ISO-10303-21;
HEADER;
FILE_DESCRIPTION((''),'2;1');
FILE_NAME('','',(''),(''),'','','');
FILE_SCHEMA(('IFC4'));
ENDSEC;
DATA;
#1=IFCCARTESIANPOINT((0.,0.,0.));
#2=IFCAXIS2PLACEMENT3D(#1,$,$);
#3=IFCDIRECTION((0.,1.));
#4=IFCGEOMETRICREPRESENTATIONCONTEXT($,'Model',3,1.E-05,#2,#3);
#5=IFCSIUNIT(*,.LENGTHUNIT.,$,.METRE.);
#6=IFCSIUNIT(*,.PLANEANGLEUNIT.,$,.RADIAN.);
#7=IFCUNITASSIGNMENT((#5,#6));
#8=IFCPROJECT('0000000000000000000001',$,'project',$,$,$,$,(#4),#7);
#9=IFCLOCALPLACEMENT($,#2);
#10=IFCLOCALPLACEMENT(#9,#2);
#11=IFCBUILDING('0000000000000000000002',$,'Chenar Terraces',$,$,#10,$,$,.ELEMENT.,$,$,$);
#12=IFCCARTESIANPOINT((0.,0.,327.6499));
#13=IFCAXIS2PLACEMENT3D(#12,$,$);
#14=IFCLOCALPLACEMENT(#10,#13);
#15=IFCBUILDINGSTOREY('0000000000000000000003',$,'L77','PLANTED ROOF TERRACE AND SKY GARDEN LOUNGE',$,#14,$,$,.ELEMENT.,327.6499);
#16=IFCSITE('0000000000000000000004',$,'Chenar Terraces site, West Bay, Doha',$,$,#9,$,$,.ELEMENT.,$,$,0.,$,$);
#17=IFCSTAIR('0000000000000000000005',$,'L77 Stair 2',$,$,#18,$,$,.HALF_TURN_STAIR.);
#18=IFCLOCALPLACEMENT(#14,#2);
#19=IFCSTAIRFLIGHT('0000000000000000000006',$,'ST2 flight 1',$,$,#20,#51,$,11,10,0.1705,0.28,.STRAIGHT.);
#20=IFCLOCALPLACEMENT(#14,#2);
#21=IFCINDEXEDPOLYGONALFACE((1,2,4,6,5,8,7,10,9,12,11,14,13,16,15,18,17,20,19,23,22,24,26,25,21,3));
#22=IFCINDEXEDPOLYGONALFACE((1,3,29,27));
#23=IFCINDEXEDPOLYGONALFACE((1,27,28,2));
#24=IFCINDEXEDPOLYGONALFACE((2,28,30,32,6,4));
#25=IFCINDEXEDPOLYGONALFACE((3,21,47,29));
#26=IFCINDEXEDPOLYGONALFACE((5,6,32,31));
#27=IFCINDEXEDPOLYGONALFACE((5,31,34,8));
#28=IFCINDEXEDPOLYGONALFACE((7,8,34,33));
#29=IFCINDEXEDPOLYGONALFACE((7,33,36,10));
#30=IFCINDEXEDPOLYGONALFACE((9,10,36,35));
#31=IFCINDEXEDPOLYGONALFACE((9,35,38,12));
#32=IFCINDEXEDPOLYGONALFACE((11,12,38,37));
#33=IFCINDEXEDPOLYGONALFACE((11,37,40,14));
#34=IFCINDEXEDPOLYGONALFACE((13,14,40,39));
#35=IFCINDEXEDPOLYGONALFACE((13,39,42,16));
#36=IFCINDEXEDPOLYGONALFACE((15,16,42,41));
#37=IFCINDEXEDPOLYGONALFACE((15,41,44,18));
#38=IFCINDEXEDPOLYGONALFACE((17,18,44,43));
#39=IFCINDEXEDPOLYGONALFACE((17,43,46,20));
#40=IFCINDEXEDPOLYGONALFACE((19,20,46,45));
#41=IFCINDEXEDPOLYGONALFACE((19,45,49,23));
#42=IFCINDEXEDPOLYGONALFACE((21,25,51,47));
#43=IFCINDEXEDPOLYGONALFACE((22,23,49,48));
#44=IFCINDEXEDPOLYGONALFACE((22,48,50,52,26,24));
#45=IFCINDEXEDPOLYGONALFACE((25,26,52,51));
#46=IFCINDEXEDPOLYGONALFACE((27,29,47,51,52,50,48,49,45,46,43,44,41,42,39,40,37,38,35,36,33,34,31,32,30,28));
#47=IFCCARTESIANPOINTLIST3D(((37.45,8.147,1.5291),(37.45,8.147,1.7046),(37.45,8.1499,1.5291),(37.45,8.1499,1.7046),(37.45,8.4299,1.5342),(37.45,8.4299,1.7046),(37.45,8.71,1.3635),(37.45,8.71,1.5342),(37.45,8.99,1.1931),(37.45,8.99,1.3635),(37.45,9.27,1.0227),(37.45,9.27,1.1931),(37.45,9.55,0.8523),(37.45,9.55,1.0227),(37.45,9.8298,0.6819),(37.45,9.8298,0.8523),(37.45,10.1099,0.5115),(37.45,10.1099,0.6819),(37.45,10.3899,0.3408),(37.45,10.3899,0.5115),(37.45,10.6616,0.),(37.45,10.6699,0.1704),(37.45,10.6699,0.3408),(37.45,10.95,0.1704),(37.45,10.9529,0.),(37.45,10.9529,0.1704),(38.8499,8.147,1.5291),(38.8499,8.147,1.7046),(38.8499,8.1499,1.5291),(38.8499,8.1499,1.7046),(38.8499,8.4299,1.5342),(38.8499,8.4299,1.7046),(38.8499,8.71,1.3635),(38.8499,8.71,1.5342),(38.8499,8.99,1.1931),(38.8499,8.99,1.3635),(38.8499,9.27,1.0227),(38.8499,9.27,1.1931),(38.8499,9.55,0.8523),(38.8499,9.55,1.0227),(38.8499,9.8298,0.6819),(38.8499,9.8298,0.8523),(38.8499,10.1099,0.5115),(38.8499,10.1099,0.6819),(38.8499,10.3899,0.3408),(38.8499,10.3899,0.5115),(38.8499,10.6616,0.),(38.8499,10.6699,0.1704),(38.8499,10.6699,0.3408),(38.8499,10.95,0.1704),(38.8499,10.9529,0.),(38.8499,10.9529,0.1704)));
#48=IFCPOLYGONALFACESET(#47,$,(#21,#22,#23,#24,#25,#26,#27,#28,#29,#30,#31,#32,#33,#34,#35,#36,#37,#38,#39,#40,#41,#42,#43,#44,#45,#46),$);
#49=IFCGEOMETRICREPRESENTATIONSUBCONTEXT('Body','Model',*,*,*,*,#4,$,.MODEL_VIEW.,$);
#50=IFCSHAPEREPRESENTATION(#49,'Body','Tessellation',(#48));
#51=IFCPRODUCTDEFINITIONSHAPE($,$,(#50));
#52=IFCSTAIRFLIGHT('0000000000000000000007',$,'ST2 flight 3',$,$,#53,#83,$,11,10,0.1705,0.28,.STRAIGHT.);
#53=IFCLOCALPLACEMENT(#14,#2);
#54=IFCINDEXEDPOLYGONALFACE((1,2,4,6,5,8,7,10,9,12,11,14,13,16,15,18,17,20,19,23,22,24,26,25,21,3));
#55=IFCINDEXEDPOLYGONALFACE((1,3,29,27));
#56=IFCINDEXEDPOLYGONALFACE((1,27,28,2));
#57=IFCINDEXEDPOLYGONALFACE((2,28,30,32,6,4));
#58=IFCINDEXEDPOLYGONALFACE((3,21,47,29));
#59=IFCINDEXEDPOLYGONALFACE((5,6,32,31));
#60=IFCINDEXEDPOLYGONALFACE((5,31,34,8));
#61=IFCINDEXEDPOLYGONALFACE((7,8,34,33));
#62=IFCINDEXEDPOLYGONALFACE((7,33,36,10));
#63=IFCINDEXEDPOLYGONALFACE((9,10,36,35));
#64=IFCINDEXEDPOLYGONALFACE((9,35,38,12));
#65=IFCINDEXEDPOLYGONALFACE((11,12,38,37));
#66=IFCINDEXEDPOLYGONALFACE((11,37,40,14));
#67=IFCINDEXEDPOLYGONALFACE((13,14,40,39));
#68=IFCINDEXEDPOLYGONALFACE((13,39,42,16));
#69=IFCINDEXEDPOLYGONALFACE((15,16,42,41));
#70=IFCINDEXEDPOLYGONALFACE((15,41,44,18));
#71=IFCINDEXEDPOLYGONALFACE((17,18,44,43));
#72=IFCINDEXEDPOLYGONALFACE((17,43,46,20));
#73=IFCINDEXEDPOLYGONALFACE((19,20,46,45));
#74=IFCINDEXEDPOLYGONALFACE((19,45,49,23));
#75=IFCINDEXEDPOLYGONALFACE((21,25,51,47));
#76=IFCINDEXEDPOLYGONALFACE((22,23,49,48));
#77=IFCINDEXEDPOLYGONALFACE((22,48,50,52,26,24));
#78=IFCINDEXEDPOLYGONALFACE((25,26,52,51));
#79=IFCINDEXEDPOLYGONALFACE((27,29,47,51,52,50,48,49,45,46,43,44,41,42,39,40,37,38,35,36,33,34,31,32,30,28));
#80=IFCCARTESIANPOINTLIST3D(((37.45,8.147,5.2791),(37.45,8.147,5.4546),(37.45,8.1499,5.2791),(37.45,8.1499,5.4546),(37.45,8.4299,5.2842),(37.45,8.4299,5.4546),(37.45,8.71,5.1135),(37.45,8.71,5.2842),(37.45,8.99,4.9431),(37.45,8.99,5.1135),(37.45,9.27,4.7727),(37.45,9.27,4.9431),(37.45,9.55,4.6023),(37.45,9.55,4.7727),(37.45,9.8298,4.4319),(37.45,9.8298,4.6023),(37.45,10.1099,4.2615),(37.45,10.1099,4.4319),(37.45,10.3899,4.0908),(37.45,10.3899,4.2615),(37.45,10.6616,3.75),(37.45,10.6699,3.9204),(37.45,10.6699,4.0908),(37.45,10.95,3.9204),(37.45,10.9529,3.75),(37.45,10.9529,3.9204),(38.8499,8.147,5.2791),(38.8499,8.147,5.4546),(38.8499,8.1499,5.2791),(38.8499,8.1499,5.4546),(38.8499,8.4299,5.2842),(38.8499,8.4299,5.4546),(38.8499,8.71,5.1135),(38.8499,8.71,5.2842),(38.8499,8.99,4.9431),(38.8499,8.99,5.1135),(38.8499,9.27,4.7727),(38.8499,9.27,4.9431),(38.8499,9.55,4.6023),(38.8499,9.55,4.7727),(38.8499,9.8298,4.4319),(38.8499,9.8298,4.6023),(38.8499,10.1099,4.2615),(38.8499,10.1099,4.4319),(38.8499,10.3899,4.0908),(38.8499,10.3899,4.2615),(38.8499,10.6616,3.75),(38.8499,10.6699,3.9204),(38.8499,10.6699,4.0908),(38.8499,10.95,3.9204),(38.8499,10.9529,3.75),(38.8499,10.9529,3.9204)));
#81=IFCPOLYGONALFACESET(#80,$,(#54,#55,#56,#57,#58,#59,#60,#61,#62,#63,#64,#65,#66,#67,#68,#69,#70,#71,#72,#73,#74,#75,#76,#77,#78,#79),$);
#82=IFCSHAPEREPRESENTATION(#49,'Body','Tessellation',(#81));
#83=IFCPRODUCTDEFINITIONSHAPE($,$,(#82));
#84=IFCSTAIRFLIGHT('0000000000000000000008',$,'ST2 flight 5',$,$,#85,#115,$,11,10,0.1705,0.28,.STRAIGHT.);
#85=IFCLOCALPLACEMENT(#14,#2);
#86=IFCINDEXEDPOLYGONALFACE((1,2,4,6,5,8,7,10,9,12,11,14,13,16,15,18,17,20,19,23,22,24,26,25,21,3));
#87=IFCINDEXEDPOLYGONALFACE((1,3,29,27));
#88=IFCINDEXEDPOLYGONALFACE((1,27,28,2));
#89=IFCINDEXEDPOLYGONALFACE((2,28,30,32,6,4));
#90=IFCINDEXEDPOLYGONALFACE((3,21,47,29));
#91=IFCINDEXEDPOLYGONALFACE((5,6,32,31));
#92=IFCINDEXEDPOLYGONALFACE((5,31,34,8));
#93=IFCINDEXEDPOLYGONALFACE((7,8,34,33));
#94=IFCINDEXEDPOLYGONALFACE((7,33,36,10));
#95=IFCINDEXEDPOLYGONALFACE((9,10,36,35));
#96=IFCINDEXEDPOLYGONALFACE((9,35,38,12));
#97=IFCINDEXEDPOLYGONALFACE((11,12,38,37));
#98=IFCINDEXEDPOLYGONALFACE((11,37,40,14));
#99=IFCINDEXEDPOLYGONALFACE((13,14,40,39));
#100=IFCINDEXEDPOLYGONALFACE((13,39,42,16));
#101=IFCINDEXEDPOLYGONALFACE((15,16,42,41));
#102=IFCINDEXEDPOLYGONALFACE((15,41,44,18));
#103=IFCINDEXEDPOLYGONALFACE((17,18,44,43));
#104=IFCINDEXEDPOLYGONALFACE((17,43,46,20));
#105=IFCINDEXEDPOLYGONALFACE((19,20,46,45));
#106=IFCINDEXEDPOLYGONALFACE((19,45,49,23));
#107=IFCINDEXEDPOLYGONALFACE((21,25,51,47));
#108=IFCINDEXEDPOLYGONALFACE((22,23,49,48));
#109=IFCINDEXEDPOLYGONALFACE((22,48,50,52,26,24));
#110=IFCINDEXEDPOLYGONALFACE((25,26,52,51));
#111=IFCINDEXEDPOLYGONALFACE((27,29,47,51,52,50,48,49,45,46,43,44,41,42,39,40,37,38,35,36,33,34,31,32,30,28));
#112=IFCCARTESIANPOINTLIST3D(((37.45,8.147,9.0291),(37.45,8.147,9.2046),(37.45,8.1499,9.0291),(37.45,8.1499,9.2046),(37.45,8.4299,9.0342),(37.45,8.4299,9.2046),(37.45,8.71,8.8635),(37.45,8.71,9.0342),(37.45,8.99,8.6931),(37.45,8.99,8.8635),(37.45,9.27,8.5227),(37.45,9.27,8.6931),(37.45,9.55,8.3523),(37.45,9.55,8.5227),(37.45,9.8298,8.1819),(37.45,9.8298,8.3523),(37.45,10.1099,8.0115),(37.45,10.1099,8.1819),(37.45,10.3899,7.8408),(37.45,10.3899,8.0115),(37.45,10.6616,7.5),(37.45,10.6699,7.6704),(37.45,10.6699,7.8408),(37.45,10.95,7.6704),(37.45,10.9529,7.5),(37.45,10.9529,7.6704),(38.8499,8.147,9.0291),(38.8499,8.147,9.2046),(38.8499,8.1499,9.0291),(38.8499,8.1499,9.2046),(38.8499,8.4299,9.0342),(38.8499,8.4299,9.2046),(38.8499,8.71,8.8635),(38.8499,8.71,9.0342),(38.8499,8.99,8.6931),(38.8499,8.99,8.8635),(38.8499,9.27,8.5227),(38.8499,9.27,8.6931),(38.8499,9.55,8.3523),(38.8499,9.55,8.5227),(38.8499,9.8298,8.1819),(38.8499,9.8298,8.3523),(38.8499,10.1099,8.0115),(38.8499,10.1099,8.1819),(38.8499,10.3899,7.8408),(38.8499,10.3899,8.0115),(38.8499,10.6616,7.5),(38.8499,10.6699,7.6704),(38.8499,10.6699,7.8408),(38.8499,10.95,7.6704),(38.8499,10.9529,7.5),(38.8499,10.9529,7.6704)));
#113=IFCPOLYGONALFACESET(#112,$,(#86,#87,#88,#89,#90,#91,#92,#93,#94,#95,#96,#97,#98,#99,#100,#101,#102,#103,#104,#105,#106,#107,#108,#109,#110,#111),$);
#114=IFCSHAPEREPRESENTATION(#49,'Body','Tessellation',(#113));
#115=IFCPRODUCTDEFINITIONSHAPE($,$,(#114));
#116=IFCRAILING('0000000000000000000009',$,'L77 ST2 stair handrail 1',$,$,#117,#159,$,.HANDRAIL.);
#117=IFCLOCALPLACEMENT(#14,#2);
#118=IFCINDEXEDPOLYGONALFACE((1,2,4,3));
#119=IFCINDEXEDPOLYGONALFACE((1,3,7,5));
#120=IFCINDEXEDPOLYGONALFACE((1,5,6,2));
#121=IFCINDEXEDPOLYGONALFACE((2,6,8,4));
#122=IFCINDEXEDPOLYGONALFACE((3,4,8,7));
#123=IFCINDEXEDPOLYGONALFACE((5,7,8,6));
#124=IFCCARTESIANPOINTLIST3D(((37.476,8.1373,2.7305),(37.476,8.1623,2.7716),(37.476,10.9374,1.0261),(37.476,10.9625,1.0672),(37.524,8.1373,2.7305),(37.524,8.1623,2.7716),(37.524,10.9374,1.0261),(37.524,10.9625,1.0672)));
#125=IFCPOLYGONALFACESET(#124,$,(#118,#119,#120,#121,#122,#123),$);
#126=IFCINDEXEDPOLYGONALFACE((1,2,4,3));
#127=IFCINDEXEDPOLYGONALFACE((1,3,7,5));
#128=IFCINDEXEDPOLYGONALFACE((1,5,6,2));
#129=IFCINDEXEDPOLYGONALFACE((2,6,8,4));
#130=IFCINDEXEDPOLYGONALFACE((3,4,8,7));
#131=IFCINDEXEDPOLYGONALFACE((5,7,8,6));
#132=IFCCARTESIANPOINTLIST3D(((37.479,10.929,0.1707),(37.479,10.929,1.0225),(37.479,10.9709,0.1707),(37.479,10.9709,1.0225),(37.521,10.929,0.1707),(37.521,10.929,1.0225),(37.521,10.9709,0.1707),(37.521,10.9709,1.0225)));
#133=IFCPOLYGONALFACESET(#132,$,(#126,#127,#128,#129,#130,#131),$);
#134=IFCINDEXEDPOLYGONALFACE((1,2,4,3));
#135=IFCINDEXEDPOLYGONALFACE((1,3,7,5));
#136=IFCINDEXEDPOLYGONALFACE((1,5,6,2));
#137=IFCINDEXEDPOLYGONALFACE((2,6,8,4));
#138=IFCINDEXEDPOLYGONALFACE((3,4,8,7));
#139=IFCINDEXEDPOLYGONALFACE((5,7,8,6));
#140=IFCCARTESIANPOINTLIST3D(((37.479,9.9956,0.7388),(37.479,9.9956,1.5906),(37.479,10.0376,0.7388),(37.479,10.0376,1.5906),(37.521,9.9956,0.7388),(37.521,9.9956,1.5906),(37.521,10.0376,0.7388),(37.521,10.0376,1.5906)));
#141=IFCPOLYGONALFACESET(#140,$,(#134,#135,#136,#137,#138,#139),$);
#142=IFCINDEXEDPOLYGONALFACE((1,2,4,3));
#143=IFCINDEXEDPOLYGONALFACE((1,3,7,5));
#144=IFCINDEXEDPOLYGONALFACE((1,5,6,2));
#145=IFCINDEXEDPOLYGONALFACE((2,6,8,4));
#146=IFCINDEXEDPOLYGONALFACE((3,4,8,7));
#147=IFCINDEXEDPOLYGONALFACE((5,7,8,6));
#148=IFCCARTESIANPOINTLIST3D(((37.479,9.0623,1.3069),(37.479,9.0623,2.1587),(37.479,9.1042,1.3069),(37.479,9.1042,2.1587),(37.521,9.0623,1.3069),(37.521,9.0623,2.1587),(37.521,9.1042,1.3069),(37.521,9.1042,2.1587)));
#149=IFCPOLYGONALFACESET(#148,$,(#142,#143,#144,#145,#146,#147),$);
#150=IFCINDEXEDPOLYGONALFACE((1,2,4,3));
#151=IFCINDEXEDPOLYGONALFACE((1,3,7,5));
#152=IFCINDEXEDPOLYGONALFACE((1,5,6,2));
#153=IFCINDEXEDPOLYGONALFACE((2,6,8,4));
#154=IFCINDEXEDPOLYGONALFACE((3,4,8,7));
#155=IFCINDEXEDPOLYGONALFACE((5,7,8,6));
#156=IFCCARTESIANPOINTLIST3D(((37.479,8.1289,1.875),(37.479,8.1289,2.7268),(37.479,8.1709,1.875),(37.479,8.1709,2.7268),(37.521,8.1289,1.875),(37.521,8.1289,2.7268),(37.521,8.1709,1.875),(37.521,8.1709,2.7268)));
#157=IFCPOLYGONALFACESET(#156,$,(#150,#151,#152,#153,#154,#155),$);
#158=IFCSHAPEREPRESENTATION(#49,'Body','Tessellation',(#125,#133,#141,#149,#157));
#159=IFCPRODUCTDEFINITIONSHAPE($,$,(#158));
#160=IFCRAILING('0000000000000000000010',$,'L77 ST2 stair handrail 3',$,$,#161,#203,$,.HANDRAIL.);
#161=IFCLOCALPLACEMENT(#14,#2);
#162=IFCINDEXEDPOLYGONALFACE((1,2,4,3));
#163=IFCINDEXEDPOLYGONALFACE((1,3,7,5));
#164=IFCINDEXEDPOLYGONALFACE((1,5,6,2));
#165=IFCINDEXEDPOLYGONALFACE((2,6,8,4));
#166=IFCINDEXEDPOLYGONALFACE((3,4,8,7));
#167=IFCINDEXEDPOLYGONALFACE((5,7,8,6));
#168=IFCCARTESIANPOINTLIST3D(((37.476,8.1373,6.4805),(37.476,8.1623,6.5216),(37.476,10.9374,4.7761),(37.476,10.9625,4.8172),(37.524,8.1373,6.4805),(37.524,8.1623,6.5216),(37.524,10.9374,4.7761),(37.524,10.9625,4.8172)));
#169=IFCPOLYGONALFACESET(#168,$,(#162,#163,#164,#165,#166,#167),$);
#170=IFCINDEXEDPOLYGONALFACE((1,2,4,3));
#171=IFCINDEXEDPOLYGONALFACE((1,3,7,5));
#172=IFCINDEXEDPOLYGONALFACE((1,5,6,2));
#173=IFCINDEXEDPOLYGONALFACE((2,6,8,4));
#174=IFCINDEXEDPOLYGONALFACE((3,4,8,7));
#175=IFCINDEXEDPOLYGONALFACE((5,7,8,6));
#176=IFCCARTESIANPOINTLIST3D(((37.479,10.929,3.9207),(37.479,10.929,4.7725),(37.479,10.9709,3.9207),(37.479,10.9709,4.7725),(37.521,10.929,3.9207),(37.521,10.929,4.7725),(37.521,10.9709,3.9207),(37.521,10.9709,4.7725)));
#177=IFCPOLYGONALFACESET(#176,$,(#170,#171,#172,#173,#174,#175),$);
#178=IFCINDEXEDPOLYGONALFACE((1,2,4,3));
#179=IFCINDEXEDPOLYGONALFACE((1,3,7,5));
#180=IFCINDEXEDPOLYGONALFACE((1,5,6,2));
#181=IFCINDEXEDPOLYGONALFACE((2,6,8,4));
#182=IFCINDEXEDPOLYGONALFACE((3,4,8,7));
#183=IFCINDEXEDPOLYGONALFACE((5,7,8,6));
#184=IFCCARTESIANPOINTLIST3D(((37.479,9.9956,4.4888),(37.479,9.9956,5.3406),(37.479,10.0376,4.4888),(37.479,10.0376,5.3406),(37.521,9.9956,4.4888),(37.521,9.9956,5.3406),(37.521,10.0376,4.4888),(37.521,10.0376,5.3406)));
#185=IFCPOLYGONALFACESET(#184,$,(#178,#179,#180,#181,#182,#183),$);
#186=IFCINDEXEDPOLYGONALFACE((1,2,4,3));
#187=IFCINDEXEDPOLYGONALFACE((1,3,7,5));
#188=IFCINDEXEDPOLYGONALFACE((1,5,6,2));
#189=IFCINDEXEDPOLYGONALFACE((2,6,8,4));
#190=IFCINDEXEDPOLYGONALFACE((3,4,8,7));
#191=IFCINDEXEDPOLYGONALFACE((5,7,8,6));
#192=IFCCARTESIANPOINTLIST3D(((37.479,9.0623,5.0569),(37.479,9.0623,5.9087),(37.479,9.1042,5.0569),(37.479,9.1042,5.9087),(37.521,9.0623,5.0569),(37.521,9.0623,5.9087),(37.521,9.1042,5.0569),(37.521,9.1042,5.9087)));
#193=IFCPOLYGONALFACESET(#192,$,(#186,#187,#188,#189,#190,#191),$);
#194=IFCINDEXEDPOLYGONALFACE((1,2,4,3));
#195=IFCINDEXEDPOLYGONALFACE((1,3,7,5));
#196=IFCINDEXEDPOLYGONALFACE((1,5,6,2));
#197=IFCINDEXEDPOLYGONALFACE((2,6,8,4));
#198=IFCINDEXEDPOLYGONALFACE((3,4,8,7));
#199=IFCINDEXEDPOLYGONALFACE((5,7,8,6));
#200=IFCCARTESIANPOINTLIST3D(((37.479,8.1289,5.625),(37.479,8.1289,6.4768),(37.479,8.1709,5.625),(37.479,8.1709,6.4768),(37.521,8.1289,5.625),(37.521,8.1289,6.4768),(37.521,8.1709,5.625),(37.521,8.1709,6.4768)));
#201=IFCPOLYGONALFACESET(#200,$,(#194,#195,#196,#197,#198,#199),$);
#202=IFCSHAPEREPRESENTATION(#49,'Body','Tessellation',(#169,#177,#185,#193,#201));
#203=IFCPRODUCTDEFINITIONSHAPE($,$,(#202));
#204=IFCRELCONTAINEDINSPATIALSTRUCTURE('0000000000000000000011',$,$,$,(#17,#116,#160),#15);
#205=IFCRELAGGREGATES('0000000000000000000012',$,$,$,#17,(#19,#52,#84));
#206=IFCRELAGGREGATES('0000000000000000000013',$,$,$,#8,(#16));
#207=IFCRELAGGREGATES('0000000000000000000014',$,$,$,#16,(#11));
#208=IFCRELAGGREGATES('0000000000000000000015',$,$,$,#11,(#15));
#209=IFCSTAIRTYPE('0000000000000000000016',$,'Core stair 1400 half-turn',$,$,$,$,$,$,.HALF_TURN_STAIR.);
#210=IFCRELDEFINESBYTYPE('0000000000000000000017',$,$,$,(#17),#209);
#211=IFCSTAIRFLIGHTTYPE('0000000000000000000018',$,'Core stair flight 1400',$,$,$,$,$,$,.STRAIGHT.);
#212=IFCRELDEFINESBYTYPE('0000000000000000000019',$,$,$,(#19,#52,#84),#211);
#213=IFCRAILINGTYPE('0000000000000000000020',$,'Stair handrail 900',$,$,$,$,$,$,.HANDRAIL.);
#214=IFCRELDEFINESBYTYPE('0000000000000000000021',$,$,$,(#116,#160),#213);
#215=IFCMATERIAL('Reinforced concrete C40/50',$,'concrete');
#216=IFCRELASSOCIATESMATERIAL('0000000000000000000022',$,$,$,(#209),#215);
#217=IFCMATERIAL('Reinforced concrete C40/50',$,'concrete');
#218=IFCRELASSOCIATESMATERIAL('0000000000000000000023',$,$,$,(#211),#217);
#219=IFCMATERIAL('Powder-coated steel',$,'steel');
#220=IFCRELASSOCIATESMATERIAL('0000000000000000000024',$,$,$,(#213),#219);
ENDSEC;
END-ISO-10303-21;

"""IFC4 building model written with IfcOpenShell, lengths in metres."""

from ifc_helpers import new_model, si_unit, direction, frame, origin, origin_2d, place, context, subcontext, project, spatial, polyline, rectangle, outline, extrude, material, type_object, element, aggregate, save


model = new_model("IFC4")

# Units and contexts
model_context = context("Model", 3, precision=1e-05, world=origin(), true_north=direction((0.0, 1.0)))
body_context = subcontext(model_context, "Body", "Model", "MODEL_VIEW")
ifc_project = project(units=[si_unit("LENGTHUNIT", "METRE"), si_unit("PLANEANGLEUNIT", "RADIAN")], contexts=[model_context])

# Site, building, storey
site_placement = place(None, origin())
site = spatial("IfcSite", under=ifc_project, at=site_placement, Name="Chenar Terraces site, West Bay, Doha", CompositionType="ELEMENT", RefElevation=0.0)
building_placement = place(site_placement, origin())
building = spatial("IfcBuilding", under=site, at=building_placement, Name="Chenar Terraces", CompositionType="ELEMENT")
storey_placement = place(building_placement, frame((0.0, 0.0, 327.6499)))
storey = spatial("IfcBuildingStorey", under=building, at=storey_placement, Name="L77", Description="PLANTED ROOF TERRACE AND SKY GARDEN LOUNGE", CompositionType="ELEMENT", Elevation=327.6499)

# Shared definitions
placement = place(storey_placement, origin())

# Stair, stair flights
ifc_material_1 = material(Name="Reinforced concrete C40/50", Category="concrete")
stair_type = type_object("IfcStairType", Name="Core stair 1400 half-turn", PredefinedType="HALF_TURN_STAIR", material=ifc_material_1)
stair = element("IfcStair", 1, at=placement, inside=storey, type_object=stair_type, Name="L77 Stair 2", PredefinedType="HALF_TURN_STAIR")
ifc_material_2 = material(Name="Reinforced concrete C40/50", Category="concrete")
stair_flight_type = type_object("IfcStairFlightType", Name="Core stair flight 1400", PredefinedType="STRAIGHT", material=ifc_material_2)
stair_flight_1_placement = place(storey_placement, frame((38.1499, 10.95, 0.0), z_axis=(0.0, 0.0, 1.0), x_axis=(0.0, -1.0, 0.0)))
stair_flight_1 = element("IfcStairFlight", 2, at=stair_flight_1_placement, type_object=stair_flight_type, Name="ST2 flight 1", NumberOfRisers=11, NumberOfTreads=10, PredefinedType="STRAIGHT", RiserHeight=0.1705, TreadLength=0.28, context=body_context, shape_type="SweptSolid", body=[
    extrude(outline(polyline([(-0.0029, 0.0), (-0.0029, 0.1704), (0.0, 0.1704), (0.28, 0.1704), (0.28, 0.3408), (0.5601, 0.3408), (0.5601, 0.5115), (0.8401, 0.5115), (0.8401, 0.6819), (1.1201, 0.6819), (1.1201, 0.8523), (1.3999, 0.8523), (1.3999, 1.0227), (1.6799, 1.0227), (1.6799, 1.1931), (1.96, 1.1931), (1.96, 1.3635), (2.24, 1.3635), (2.24, 1.5342), (2.52, 1.5342), (2.52, 1.7046), (2.8, 1.7046), (2.803, 1.7046), (2.803, 1.5291), (2.8, 1.5291), (0.2883, 0.0), (-0.0029, 0.0)])), frame((0.0, 0.7, 0.0), z_axis=(0.0, -1.0, 0.0), x_axis=(1.0, 0.0, 0.0)), (0.0, 0.0, 1.0), 1.3999),
])
stair_flight_2_placement = place(storey_placement, frame((38.1499, 10.95, 3.75), z_axis=(0.0, 0.0, 1.0), x_axis=(0.0, -1.0, 0.0)))
stair_flight_2 = element("IfcStairFlight", 3, at=stair_flight_2_placement, type_object=stair_flight_type, Name="ST2 flight 3", NumberOfRisers=11, NumberOfTreads=10, PredefinedType="STRAIGHT", RiserHeight=0.1705, TreadLength=0.28, context=body_context, shape_type="SweptSolid", body=[
    extrude(outline(polyline([(-0.0029, 0.0), (-0.0029, 0.1704), (0.0, 0.1704), (0.28, 0.1704), (0.28, 0.3408), (0.5601, 0.3408), (0.5601, 0.5115), (0.8401, 0.5115), (0.8401, 0.6819), (1.1201, 0.6819), (1.1201, 0.8523), (1.3999, 0.8523), (1.3999, 1.0227), (1.6799, 1.0227), (1.6799, 1.1931), (1.96, 1.1931), (1.96, 1.3635), (2.24, 1.3635), (2.24, 1.5342), (2.52, 1.5342), (2.52, 1.7046), (2.8, 1.7046), (2.803, 1.7046), (2.803, 1.5291), (2.8, 1.5291), (0.2883, 0.0), (-0.0029, 0.0)])), frame((0.0, 0.7, 0.0), z_axis=(0.0, -1.0, 0.0), x_axis=(1.0, 0.0, 0.0)), (0.0, 0.0, 1.0), 1.3999),
])
stair_flight_3_placement = place(storey_placement, frame((38.1499, 10.95, 7.5), z_axis=(0.0, 0.0, 1.0), x_axis=(0.0, -1.0, 0.0)))
stair_flight_3 = element("IfcStairFlight", 4, at=stair_flight_3_placement, type_object=stair_flight_type, Name="ST2 flight 5", NumberOfRisers=11, NumberOfTreads=10, PredefinedType="STRAIGHT", RiserHeight=0.1705, TreadLength=0.28, context=body_context, shape_type="SweptSolid", body=[
    extrude(outline(polyline([(-0.0029, 0.0), (-0.0029, 0.1704), (0.0, 0.1704), (0.28, 0.1704), (0.28, 0.3408), (0.5601, 0.3408), (0.5601, 0.5115), (0.8401, 0.5115), (0.8401, 0.6819), (1.1201, 0.6819), (1.1201, 0.8523), (1.3999, 0.8523), (1.3999, 1.0227), (1.6799, 1.0227), (1.6799, 1.1931), (1.96, 1.1931), (1.96, 1.3635), (2.24, 1.3635), (2.24, 1.5342), (2.52, 1.5342), (2.52, 1.7046), (2.8, 1.7046), (2.803, 1.7046), (2.803, 1.5291), (2.8, 1.5291), (0.2883, 0.0), (-0.0029, 0.0)])), frame((0.0, 0.7, 0.0), z_axis=(0.0, -1.0, 0.0), x_axis=(1.0, 0.0, 0.0)), (0.0, 0.0, 1.0), 1.3999),
])
aggregate(stair, [stair_flight_1, stair_flight_2, stair_flight_3])

# Railings
ifc_material_3 = material(Name="Powder-coated steel", Category="steel")
railing_type_1 = type_object("IfcRailingType", Name="Stair handrail 900", PredefinedType="HANDRAIL", material=ifc_material_3)
for number, where, name in (
    (5, (37.5, 10.95, 0.1707), "L77 ST2 stair handrail 1"),
    (6, (37.5, 10.95, 3.9207), "L77 ST2 stair handrail 3"),
):
    element("IfcRailing", number, at=place(storey_placement, frame(where)), inside=storey, type_object=railing_type_1, Name=name, PredefinedType="HANDRAIL", context=body_context, shape_type="SweptSolid", body=[
        extrude(rectangle(XDim=0.0481, YDim=0.0481, at=origin_2d()), frame((0.0, 0.0, 0.876), z_axis=(0.0, -0.854203, 0.51994), x_axis=(1.0, 0.0, 0.0)), (0.0, 0.0, 1.0), 3.2781),
        extrude(rectangle(XDim=0.042, YDim=0.042, at=origin_2d()), origin(), (0.0, 0.0, 1.0), 0.8518),
        extrude(rectangle(XDim=0.042, YDim=0.042, at=origin_2d()), frame((0.0, -0.9333, 0.5681)), (0.0, 0.0, 1.0), 0.8518),
        extrude(rectangle(XDim=0.042, YDim=0.042, at=origin_2d()), frame((0.0, -1.8667, 1.1362)), (0.0, 0.0, 1.0), 0.8518),
        extrude(rectangle(XDim=0.042, YDim=0.042, at=origin_2d()), frame((0.0, -2.8, 1.7043)), (0.0, 0.0, 1.0), 0.8518),
    ])

save(model, "model.ifc")
